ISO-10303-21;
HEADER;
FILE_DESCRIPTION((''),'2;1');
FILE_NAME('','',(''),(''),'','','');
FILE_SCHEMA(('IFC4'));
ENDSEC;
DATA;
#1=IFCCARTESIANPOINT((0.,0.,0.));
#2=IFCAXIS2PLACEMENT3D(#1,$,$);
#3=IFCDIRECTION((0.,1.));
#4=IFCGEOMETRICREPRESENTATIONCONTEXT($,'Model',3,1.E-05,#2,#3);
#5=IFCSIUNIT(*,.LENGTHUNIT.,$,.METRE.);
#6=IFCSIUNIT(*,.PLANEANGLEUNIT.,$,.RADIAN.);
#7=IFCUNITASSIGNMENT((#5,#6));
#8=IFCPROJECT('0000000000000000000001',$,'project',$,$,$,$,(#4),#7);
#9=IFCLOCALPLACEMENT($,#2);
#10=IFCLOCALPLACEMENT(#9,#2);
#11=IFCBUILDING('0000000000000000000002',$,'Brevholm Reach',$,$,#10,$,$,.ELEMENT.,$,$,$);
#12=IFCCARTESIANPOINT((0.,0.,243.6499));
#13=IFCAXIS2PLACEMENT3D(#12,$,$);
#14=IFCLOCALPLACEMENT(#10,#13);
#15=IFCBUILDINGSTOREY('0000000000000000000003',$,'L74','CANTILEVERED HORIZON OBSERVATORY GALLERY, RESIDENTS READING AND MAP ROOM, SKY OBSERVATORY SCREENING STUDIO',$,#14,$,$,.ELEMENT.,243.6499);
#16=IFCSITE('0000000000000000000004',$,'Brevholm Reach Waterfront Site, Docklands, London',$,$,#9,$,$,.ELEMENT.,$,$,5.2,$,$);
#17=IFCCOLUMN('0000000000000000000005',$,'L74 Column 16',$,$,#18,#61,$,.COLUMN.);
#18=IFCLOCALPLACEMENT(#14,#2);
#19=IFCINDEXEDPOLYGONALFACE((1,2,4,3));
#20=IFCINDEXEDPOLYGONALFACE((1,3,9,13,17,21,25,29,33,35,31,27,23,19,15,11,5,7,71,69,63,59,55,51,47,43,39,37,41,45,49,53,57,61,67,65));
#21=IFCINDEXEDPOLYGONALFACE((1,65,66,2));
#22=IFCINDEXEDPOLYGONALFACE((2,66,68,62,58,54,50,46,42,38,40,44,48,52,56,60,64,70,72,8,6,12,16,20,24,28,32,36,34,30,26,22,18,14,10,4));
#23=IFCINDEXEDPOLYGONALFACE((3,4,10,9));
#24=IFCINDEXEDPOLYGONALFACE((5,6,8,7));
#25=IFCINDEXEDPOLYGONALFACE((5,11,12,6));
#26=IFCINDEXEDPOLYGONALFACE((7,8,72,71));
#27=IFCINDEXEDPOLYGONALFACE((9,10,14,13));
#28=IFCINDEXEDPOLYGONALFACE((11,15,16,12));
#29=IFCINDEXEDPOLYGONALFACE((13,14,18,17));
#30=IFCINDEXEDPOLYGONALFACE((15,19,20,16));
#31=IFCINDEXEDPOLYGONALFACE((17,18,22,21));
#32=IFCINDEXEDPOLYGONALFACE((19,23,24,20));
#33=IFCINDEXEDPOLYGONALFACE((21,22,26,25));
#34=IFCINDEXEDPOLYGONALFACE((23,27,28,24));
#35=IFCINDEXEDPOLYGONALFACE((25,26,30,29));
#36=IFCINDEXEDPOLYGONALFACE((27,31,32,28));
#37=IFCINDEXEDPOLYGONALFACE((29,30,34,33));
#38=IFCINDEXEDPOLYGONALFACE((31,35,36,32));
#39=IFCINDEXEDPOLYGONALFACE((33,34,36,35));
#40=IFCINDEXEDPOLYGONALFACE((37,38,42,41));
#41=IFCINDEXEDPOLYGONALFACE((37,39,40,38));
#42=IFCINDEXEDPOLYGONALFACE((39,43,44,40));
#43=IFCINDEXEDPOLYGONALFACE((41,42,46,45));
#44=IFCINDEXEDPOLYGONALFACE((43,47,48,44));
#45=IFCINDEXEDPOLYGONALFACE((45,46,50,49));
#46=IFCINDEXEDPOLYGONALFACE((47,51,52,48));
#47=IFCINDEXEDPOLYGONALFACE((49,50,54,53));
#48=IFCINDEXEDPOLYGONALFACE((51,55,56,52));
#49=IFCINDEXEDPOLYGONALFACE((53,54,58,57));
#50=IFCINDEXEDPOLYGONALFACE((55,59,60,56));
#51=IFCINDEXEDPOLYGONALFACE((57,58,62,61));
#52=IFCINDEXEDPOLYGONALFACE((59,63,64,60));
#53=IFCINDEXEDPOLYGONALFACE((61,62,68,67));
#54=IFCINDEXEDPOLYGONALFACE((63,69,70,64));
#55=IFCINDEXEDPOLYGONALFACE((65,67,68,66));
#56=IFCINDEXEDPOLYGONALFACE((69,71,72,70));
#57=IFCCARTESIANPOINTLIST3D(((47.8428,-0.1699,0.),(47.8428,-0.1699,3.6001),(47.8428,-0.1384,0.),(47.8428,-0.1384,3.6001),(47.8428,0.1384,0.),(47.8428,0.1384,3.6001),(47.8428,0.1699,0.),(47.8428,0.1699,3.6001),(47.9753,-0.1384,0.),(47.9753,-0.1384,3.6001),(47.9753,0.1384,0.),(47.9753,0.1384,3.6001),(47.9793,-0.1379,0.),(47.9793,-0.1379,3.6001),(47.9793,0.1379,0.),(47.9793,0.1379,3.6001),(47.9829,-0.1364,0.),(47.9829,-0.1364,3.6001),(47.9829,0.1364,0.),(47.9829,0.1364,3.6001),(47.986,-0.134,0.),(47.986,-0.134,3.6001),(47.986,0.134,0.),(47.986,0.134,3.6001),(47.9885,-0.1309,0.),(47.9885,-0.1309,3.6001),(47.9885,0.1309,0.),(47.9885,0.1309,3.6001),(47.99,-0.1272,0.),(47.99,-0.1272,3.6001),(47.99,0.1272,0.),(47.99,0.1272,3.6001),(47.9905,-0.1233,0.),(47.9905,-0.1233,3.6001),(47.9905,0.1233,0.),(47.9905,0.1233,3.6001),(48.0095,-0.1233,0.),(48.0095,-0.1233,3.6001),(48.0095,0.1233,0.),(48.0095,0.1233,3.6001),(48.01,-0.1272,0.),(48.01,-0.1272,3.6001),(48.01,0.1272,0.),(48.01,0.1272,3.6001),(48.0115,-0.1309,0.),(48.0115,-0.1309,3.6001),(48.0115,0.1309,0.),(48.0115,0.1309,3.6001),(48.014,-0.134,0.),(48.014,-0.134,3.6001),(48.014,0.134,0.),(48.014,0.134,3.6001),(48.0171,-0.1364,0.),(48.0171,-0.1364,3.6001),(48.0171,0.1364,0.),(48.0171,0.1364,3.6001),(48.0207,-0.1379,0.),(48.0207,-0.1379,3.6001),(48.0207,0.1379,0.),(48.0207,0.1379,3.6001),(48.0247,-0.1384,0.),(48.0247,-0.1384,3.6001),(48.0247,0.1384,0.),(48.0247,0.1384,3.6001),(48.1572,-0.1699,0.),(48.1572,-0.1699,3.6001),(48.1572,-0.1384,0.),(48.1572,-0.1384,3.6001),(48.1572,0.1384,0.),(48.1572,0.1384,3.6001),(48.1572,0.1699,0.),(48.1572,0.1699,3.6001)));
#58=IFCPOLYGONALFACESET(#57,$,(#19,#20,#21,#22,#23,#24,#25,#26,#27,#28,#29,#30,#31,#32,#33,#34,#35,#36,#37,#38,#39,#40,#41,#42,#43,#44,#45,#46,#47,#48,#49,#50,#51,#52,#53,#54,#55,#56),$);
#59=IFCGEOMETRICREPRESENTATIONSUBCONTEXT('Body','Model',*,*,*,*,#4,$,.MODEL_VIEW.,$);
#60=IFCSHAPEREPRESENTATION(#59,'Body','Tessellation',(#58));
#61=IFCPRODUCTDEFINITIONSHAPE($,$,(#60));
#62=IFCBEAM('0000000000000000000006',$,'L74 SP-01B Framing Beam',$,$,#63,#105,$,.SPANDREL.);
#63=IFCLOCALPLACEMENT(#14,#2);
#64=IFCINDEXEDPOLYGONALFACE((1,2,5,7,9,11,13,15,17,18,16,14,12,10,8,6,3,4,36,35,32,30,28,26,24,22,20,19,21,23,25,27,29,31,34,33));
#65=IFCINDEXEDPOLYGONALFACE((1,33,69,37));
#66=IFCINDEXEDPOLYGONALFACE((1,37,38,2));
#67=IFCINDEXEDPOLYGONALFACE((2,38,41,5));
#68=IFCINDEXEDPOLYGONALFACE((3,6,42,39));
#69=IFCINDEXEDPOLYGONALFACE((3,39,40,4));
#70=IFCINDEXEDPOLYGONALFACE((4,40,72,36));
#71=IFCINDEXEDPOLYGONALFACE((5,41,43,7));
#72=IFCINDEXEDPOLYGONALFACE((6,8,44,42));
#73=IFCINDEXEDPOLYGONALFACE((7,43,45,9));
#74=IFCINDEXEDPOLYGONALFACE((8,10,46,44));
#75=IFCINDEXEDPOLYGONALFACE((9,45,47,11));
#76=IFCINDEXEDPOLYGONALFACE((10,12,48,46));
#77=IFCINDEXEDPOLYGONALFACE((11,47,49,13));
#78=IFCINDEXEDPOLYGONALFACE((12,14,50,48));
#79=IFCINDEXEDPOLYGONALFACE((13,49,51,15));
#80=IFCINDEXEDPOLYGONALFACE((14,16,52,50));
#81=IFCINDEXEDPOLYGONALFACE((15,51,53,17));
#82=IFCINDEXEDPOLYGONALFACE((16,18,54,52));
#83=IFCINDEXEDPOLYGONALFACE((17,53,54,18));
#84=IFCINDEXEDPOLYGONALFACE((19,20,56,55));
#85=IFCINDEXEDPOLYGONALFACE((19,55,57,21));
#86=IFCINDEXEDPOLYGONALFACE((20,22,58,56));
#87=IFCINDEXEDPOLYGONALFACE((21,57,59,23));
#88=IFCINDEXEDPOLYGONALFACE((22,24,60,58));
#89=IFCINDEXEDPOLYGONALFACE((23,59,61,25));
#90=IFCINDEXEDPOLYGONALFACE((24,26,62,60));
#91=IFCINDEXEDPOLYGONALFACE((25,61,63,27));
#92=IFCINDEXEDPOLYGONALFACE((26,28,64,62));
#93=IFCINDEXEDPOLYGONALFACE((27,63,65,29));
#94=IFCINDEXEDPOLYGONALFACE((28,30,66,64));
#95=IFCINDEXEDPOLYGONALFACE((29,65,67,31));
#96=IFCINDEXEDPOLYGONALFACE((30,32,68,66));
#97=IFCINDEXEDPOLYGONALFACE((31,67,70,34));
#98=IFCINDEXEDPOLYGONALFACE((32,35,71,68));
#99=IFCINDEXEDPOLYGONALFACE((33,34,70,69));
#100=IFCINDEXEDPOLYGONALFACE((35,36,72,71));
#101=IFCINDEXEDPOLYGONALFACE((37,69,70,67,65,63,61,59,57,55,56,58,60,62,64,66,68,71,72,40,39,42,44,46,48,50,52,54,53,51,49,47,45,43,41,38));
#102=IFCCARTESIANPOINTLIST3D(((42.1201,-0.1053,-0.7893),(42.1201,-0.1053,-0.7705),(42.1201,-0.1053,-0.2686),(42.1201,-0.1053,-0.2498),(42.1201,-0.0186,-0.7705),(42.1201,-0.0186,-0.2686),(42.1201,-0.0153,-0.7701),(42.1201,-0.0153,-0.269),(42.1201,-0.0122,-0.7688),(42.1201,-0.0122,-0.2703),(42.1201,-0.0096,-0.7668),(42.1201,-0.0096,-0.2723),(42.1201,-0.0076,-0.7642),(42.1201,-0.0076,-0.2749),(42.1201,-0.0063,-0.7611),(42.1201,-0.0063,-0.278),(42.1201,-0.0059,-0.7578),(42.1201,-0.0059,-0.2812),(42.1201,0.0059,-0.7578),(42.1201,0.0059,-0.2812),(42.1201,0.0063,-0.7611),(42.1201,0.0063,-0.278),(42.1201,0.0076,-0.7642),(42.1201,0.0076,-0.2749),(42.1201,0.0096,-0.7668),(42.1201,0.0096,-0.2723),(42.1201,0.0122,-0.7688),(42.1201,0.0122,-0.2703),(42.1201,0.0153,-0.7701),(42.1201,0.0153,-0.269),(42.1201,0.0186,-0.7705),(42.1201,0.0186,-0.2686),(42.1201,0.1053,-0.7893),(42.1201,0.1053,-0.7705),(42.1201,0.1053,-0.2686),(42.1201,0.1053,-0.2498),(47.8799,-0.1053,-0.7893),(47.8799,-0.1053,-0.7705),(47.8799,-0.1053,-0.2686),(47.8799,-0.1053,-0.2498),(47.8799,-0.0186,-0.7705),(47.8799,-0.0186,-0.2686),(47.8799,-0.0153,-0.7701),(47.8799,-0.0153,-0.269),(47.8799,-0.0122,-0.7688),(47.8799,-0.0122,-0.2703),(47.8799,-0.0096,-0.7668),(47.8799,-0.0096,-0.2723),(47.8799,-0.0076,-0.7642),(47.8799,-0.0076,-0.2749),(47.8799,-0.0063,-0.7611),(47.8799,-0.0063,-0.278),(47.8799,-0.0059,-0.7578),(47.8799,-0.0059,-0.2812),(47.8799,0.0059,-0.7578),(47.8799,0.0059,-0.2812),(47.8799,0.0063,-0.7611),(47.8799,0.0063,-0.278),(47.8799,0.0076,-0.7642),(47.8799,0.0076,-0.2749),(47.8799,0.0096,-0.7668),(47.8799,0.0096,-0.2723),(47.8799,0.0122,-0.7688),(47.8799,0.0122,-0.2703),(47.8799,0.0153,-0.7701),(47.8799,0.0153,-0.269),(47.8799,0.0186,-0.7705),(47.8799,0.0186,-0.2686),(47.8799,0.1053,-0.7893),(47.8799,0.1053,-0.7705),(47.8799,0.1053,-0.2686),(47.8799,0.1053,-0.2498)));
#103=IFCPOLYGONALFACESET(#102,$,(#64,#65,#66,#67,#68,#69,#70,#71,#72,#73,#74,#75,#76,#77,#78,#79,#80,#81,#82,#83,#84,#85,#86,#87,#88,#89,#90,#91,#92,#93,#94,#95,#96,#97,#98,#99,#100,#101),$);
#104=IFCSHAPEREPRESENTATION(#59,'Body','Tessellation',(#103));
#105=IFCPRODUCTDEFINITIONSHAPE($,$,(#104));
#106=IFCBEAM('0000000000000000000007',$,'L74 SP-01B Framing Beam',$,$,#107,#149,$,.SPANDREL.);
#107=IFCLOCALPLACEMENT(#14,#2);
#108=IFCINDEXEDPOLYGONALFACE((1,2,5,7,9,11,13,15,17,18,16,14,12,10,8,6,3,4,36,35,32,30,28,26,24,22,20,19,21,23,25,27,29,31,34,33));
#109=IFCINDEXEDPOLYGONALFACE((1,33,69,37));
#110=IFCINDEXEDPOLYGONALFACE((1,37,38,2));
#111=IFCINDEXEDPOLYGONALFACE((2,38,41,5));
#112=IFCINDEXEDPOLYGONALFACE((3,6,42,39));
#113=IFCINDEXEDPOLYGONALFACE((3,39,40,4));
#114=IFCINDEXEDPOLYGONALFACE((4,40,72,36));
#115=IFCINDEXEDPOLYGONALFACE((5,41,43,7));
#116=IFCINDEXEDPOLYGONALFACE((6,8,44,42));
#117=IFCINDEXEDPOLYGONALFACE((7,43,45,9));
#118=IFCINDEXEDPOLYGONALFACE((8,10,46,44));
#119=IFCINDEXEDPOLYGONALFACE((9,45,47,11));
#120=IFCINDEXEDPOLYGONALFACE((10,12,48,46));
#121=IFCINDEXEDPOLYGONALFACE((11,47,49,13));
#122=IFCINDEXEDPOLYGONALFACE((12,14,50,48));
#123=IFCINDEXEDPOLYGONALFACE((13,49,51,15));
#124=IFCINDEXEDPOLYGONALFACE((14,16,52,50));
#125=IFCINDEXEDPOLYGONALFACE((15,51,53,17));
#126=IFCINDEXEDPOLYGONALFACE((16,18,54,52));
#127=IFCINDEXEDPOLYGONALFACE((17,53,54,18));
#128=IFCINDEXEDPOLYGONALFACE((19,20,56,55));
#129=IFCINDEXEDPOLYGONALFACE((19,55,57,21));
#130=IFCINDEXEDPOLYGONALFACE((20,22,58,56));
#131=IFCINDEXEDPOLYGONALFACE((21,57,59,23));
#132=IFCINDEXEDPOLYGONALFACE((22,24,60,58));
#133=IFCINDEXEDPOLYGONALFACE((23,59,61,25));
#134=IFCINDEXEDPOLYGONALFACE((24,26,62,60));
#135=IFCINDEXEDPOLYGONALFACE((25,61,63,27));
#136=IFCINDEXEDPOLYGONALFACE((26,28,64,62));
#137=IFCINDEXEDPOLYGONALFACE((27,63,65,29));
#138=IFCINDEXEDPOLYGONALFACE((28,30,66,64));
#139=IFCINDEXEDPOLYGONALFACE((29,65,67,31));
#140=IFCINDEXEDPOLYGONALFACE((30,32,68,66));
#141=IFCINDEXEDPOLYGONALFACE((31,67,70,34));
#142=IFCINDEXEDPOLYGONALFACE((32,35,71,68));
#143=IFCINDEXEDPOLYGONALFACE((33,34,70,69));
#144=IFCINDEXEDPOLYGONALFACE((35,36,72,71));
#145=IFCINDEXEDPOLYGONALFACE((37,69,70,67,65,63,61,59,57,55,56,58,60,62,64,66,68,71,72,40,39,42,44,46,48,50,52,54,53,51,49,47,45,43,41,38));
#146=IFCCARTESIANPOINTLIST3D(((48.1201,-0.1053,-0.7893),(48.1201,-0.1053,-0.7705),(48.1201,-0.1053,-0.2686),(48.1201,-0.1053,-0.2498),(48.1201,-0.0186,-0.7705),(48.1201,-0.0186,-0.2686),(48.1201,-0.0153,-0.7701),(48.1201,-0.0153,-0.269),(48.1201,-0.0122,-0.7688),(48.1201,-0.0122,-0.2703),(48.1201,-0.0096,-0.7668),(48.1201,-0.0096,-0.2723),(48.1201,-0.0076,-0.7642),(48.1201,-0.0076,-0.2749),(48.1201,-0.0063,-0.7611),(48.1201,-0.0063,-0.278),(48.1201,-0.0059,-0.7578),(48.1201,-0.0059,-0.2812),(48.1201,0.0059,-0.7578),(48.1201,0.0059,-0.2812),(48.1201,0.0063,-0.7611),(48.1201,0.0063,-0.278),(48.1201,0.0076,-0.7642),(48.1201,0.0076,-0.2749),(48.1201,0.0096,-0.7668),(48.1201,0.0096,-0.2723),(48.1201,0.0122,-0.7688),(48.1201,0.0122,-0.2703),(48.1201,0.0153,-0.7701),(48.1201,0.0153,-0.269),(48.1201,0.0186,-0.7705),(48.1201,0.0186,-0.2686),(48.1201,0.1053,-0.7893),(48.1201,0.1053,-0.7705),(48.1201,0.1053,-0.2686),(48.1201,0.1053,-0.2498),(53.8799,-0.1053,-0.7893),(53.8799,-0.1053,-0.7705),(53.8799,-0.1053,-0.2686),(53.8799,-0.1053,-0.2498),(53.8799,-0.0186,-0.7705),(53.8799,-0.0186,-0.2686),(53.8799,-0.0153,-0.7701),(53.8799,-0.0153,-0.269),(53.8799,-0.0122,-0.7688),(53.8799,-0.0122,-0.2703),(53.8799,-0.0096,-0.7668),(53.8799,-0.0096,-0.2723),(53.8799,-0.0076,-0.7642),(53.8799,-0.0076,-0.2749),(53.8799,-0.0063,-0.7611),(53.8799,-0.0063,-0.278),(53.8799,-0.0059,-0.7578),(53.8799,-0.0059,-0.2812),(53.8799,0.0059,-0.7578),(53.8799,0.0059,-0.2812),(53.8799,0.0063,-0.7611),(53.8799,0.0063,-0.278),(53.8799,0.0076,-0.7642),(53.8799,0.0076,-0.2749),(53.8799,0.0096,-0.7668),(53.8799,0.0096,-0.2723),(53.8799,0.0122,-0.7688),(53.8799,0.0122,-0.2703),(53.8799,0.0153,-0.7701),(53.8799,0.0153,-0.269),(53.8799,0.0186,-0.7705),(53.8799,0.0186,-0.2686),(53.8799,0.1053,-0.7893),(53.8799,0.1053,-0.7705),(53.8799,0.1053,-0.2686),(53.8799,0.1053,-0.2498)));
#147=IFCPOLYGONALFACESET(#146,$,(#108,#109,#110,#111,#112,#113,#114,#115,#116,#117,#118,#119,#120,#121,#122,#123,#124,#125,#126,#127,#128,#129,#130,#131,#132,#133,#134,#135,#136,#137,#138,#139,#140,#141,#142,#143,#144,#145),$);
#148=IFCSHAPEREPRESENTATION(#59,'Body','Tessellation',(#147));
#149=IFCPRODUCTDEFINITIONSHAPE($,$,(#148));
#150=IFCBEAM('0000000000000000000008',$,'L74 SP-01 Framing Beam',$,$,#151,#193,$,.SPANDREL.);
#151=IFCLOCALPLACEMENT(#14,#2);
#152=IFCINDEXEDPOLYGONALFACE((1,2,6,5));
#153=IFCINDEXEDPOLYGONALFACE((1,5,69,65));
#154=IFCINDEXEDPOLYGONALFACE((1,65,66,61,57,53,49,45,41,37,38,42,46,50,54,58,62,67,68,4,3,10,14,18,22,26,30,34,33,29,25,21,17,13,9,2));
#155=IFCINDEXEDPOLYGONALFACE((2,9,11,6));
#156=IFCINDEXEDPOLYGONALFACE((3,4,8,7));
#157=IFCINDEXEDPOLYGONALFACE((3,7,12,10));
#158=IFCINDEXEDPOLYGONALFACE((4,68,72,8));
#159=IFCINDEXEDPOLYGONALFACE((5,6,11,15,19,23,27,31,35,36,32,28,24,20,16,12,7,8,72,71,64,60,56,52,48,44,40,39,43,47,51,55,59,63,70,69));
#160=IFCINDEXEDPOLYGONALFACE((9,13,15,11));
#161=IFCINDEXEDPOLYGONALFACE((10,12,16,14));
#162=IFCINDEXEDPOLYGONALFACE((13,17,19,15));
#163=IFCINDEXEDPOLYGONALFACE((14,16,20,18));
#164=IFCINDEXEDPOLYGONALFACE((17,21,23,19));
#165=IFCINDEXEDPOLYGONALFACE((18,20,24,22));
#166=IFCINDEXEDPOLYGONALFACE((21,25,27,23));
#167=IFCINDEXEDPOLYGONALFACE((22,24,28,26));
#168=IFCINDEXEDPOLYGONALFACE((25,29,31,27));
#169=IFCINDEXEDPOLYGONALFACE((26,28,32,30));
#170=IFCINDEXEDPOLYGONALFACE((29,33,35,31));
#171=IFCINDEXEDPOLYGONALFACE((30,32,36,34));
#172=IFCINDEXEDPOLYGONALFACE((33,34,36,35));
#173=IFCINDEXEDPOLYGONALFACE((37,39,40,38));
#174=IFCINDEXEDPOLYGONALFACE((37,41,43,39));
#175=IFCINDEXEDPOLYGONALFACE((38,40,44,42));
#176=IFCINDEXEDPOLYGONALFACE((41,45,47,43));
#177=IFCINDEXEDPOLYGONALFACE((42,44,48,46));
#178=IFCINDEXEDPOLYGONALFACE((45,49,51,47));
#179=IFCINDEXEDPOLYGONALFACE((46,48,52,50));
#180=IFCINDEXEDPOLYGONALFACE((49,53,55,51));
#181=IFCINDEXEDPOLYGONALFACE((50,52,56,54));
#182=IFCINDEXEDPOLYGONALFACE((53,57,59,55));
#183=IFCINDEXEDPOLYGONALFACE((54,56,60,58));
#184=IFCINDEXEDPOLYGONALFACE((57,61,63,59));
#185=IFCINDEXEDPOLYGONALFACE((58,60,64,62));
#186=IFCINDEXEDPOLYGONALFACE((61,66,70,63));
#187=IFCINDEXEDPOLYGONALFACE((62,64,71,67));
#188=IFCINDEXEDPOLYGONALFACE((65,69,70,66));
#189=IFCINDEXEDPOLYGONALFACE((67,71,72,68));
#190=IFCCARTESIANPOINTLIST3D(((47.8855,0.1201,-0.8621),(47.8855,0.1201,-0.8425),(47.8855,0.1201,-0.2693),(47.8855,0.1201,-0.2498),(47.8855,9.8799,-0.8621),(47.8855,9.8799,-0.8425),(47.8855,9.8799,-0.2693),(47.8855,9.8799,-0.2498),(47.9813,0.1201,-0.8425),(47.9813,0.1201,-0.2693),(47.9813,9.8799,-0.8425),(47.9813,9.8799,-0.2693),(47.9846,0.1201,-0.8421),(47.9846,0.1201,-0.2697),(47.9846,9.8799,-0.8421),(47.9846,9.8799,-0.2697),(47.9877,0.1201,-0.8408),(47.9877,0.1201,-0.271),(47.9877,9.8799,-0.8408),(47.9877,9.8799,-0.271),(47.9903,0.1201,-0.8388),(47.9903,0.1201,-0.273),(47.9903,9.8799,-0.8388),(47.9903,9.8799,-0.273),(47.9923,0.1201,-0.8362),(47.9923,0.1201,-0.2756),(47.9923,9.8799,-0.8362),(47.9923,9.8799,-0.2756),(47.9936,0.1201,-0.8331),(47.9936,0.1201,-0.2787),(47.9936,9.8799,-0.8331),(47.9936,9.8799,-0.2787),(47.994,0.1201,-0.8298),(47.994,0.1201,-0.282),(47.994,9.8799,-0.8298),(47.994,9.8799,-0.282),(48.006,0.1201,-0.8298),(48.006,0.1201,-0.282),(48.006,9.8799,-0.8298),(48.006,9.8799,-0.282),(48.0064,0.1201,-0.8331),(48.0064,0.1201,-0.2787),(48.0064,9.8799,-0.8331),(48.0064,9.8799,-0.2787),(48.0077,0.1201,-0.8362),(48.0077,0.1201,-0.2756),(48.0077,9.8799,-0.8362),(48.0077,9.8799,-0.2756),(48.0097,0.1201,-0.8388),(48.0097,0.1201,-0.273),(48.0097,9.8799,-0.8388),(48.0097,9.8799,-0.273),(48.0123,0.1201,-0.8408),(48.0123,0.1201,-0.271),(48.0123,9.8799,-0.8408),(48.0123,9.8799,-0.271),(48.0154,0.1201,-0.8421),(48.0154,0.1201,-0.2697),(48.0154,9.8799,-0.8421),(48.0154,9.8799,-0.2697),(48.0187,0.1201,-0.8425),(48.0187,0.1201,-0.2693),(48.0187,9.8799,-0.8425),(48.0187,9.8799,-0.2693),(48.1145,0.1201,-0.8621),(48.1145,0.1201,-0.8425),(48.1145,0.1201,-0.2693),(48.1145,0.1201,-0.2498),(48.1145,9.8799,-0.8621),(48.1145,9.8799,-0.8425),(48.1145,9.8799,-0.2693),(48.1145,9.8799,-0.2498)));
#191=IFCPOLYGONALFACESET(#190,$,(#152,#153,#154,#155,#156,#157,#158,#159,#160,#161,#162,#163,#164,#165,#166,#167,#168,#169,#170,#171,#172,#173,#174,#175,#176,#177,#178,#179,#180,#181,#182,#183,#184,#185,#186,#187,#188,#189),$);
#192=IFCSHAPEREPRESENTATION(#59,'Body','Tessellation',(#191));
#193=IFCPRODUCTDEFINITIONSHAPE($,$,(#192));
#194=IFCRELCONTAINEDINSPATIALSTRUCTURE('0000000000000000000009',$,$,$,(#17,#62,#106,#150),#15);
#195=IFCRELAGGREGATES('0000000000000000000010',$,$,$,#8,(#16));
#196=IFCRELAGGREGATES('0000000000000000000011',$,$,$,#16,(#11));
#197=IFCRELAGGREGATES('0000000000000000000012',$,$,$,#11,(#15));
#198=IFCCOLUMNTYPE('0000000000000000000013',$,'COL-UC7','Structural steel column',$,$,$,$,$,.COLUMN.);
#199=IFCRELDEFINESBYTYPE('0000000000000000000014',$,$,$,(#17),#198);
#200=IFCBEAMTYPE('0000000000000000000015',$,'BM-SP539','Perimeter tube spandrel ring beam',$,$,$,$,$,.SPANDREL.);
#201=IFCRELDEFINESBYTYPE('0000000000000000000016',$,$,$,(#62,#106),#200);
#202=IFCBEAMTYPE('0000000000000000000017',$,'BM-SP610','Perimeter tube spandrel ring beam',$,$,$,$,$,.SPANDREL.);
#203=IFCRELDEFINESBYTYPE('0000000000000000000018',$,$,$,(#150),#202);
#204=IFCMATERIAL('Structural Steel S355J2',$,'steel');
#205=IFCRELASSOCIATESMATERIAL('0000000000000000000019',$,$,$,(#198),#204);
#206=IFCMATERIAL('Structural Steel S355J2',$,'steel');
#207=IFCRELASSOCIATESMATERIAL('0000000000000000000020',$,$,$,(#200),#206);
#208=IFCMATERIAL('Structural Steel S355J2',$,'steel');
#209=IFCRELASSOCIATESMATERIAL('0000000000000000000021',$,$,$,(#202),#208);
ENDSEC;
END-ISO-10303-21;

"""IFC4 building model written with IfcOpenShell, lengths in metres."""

from ifc_helpers import new_model, si_unit, direction, frame, origin, origin_2d, place, context, subcontext, project, spatial, i_section, extrude, material, material_profile, profile_set, type_object, element, save


model = new_model("IFC4")

# Units and contexts
model_context = context("Model", 3, precision=1e-05, world=origin(), true_north=direction((0.0, 1.0)))
body_context = subcontext(model_context, "Body", "Model", "MODEL_VIEW")
ifc_project = project(units=[si_unit("LENGTHUNIT", "METRE"), si_unit("PLANEANGLEUNIT", "RADIAN")], contexts=[model_context])

# Site, building, storey
site_placement = place(None, origin())
site = spatial("IfcSite", under=ifc_project, at=site_placement, Name="Brevholm Reach Waterfront Site, Docklands, London", CompositionType="ELEMENT", RefElevation=5.2)
building_placement = place(site_placement, origin())
building = spatial("IfcBuilding", under=site, at=building_placement, Name="Brevholm Reach", CompositionType="ELEMENT")
storey_placement = place(building_placement, frame((0.0, 0.0, 243.6499)))
storey = spatial("IfcBuildingStorey", under=building, at=storey_placement, Name="L74", Description="CANTILEVERED HORIZON OBSERVATORY GALLERY, RESIDENTS READING AND MAP ROOM, SKY OBSERVATORY SCREENING STUDIO", CompositionType="ELEMENT", Elevation=243.6499)

# Column
ifc_material_1 = material(Name="Structural Steel S355J2", Category="steel")
ifc_material_profile_1 = material_profile(ifc_material_1, i_section(OverallWidth=0.3145, OverallDepth=0.3398, WebThickness=0.019, FlangeThickness=0.0315, FilletRadius=0.0151, at=origin_2d()), Name="UKC 305x305x198")
ifc_profile_set_1 = profile_set([ifc_material_profile_1], Name="Structural Steel S355J2")
column_type = type_object("IfcColumnType", Name="COL-UC7", Description="Structural steel column", PredefinedType="COLUMN", material=ifc_profile_set_1)
column_placement = place(storey_placement, frame((48.0, 0.0, 0.0), z_axis=(0.0, 0.0, 1.0), x_axis=(1.0, 0.0, 0.0)))
element("IfcColumn", 1, at=column_placement, inside=storey, type_object=column_type, Name="L74 Column 16", PredefinedType="COLUMN", context=body_context, shape_type="SweptSolid", body=[
    extrude(i_section(OverallWidth=0.3145, OverallDepth=0.3398, WebThickness=0.019, FlangeThickness=0.0315, FilletRadius=0.0151, at=origin_2d()), origin(), (0.0, 0.0, 1.0), 3.6001),
])

# Beams
ifc_material_2 = material(Name="Structural Steel S355J2", Category="steel")
ifc_material_profile_2 = material_profile(ifc_material_2, i_section(OverallWidth=0.2107, OverallDepth=0.5396, WebThickness=0.0117, FlangeThickness=0.0188, FilletRadius=0.0127, at=origin_2d()), Name="UKB 533x210x109")
ifc_profile_set_2 = profile_set([ifc_material_profile_2], Name="Structural Steel S355J2")
beam_type_1 = type_object("IfcBeamType", Name="BM-SP539", Description="Perimeter tube spandrel ring beam", PredefinedType="SPANDREL", material=ifc_profile_set_2)
for number, where, z_axis, x_axis, name in (
    (2, (42.1201, 0.0, -0.5195), (1.0, 0.0, 0.0), (0.0, 1.0, 0.0), "L74 SP-01B Framing Beam"),
    (3, (48.1201, 0.0, -0.5195), (1.0, 0.0, 0.0), (0.0, 1.0, 0.0), "L74 SP-01B Framing Beam"),
):
    element("IfcBeam", number, at=place(storey_placement, frame(where, z_axis=z_axis, x_axis=x_axis)), inside=storey, type_object=beam_type_1, Name=name, PredefinedType="SPANDREL", context=body_context, shape_type="SweptSolid", body=[
        extrude(i_section(OverallWidth=0.2107, OverallDepth=0.5396, WebThickness=0.0117, FlangeThickness=0.0188, FilletRadius=0.0127, at=origin_2d()), origin(), (0.0, 0.0, 1.0), 5.7598),
    ])
ifc_material_3 = material(Name="Structural Steel S355J2", Category="steel")
ifc_material_profile_3 = material_profile(ifc_material_3, i_section(OverallWidth=0.229, OverallDepth=0.6123, WebThickness=0.012, FlangeThickness=0.0195, FilletRadius=0.0127, at=origin_2d()), Name="UKB 610x229x125")
ifc_profile_set_3 = profile_set([ifc_material_profile_3], Name="Structural Steel S355J2")
beam_type_2 = type_object("IfcBeamType", Name="BM-SP610", Description="Perimeter tube spandrel ring beam", PredefinedType="SPANDREL", material=ifc_profile_set_3)
beam_placement = place(storey_placement, frame((48.0, 0.1201, -0.5559), z_axis=(0.0, 1.0, 0.0), x_axis=(-1.0, 0.0, 0.0)))
element("IfcBeam", 4, at=beam_placement, inside=storey, type_object=beam_type_2, Name="L74 SP-01 Framing Beam", PredefinedType="SPANDREL", context=body_context, shape_type="SweptSolid", body=[
    extrude(i_section(OverallWidth=0.229, OverallDepth=0.6123, WebThickness=0.012, FlangeThickness=0.0195, FilletRadius=0.0127, at=origin_2d()), origin(), (0.0, 0.0, 1.0), 9.7598),
])

save(model, "model.ifc")
